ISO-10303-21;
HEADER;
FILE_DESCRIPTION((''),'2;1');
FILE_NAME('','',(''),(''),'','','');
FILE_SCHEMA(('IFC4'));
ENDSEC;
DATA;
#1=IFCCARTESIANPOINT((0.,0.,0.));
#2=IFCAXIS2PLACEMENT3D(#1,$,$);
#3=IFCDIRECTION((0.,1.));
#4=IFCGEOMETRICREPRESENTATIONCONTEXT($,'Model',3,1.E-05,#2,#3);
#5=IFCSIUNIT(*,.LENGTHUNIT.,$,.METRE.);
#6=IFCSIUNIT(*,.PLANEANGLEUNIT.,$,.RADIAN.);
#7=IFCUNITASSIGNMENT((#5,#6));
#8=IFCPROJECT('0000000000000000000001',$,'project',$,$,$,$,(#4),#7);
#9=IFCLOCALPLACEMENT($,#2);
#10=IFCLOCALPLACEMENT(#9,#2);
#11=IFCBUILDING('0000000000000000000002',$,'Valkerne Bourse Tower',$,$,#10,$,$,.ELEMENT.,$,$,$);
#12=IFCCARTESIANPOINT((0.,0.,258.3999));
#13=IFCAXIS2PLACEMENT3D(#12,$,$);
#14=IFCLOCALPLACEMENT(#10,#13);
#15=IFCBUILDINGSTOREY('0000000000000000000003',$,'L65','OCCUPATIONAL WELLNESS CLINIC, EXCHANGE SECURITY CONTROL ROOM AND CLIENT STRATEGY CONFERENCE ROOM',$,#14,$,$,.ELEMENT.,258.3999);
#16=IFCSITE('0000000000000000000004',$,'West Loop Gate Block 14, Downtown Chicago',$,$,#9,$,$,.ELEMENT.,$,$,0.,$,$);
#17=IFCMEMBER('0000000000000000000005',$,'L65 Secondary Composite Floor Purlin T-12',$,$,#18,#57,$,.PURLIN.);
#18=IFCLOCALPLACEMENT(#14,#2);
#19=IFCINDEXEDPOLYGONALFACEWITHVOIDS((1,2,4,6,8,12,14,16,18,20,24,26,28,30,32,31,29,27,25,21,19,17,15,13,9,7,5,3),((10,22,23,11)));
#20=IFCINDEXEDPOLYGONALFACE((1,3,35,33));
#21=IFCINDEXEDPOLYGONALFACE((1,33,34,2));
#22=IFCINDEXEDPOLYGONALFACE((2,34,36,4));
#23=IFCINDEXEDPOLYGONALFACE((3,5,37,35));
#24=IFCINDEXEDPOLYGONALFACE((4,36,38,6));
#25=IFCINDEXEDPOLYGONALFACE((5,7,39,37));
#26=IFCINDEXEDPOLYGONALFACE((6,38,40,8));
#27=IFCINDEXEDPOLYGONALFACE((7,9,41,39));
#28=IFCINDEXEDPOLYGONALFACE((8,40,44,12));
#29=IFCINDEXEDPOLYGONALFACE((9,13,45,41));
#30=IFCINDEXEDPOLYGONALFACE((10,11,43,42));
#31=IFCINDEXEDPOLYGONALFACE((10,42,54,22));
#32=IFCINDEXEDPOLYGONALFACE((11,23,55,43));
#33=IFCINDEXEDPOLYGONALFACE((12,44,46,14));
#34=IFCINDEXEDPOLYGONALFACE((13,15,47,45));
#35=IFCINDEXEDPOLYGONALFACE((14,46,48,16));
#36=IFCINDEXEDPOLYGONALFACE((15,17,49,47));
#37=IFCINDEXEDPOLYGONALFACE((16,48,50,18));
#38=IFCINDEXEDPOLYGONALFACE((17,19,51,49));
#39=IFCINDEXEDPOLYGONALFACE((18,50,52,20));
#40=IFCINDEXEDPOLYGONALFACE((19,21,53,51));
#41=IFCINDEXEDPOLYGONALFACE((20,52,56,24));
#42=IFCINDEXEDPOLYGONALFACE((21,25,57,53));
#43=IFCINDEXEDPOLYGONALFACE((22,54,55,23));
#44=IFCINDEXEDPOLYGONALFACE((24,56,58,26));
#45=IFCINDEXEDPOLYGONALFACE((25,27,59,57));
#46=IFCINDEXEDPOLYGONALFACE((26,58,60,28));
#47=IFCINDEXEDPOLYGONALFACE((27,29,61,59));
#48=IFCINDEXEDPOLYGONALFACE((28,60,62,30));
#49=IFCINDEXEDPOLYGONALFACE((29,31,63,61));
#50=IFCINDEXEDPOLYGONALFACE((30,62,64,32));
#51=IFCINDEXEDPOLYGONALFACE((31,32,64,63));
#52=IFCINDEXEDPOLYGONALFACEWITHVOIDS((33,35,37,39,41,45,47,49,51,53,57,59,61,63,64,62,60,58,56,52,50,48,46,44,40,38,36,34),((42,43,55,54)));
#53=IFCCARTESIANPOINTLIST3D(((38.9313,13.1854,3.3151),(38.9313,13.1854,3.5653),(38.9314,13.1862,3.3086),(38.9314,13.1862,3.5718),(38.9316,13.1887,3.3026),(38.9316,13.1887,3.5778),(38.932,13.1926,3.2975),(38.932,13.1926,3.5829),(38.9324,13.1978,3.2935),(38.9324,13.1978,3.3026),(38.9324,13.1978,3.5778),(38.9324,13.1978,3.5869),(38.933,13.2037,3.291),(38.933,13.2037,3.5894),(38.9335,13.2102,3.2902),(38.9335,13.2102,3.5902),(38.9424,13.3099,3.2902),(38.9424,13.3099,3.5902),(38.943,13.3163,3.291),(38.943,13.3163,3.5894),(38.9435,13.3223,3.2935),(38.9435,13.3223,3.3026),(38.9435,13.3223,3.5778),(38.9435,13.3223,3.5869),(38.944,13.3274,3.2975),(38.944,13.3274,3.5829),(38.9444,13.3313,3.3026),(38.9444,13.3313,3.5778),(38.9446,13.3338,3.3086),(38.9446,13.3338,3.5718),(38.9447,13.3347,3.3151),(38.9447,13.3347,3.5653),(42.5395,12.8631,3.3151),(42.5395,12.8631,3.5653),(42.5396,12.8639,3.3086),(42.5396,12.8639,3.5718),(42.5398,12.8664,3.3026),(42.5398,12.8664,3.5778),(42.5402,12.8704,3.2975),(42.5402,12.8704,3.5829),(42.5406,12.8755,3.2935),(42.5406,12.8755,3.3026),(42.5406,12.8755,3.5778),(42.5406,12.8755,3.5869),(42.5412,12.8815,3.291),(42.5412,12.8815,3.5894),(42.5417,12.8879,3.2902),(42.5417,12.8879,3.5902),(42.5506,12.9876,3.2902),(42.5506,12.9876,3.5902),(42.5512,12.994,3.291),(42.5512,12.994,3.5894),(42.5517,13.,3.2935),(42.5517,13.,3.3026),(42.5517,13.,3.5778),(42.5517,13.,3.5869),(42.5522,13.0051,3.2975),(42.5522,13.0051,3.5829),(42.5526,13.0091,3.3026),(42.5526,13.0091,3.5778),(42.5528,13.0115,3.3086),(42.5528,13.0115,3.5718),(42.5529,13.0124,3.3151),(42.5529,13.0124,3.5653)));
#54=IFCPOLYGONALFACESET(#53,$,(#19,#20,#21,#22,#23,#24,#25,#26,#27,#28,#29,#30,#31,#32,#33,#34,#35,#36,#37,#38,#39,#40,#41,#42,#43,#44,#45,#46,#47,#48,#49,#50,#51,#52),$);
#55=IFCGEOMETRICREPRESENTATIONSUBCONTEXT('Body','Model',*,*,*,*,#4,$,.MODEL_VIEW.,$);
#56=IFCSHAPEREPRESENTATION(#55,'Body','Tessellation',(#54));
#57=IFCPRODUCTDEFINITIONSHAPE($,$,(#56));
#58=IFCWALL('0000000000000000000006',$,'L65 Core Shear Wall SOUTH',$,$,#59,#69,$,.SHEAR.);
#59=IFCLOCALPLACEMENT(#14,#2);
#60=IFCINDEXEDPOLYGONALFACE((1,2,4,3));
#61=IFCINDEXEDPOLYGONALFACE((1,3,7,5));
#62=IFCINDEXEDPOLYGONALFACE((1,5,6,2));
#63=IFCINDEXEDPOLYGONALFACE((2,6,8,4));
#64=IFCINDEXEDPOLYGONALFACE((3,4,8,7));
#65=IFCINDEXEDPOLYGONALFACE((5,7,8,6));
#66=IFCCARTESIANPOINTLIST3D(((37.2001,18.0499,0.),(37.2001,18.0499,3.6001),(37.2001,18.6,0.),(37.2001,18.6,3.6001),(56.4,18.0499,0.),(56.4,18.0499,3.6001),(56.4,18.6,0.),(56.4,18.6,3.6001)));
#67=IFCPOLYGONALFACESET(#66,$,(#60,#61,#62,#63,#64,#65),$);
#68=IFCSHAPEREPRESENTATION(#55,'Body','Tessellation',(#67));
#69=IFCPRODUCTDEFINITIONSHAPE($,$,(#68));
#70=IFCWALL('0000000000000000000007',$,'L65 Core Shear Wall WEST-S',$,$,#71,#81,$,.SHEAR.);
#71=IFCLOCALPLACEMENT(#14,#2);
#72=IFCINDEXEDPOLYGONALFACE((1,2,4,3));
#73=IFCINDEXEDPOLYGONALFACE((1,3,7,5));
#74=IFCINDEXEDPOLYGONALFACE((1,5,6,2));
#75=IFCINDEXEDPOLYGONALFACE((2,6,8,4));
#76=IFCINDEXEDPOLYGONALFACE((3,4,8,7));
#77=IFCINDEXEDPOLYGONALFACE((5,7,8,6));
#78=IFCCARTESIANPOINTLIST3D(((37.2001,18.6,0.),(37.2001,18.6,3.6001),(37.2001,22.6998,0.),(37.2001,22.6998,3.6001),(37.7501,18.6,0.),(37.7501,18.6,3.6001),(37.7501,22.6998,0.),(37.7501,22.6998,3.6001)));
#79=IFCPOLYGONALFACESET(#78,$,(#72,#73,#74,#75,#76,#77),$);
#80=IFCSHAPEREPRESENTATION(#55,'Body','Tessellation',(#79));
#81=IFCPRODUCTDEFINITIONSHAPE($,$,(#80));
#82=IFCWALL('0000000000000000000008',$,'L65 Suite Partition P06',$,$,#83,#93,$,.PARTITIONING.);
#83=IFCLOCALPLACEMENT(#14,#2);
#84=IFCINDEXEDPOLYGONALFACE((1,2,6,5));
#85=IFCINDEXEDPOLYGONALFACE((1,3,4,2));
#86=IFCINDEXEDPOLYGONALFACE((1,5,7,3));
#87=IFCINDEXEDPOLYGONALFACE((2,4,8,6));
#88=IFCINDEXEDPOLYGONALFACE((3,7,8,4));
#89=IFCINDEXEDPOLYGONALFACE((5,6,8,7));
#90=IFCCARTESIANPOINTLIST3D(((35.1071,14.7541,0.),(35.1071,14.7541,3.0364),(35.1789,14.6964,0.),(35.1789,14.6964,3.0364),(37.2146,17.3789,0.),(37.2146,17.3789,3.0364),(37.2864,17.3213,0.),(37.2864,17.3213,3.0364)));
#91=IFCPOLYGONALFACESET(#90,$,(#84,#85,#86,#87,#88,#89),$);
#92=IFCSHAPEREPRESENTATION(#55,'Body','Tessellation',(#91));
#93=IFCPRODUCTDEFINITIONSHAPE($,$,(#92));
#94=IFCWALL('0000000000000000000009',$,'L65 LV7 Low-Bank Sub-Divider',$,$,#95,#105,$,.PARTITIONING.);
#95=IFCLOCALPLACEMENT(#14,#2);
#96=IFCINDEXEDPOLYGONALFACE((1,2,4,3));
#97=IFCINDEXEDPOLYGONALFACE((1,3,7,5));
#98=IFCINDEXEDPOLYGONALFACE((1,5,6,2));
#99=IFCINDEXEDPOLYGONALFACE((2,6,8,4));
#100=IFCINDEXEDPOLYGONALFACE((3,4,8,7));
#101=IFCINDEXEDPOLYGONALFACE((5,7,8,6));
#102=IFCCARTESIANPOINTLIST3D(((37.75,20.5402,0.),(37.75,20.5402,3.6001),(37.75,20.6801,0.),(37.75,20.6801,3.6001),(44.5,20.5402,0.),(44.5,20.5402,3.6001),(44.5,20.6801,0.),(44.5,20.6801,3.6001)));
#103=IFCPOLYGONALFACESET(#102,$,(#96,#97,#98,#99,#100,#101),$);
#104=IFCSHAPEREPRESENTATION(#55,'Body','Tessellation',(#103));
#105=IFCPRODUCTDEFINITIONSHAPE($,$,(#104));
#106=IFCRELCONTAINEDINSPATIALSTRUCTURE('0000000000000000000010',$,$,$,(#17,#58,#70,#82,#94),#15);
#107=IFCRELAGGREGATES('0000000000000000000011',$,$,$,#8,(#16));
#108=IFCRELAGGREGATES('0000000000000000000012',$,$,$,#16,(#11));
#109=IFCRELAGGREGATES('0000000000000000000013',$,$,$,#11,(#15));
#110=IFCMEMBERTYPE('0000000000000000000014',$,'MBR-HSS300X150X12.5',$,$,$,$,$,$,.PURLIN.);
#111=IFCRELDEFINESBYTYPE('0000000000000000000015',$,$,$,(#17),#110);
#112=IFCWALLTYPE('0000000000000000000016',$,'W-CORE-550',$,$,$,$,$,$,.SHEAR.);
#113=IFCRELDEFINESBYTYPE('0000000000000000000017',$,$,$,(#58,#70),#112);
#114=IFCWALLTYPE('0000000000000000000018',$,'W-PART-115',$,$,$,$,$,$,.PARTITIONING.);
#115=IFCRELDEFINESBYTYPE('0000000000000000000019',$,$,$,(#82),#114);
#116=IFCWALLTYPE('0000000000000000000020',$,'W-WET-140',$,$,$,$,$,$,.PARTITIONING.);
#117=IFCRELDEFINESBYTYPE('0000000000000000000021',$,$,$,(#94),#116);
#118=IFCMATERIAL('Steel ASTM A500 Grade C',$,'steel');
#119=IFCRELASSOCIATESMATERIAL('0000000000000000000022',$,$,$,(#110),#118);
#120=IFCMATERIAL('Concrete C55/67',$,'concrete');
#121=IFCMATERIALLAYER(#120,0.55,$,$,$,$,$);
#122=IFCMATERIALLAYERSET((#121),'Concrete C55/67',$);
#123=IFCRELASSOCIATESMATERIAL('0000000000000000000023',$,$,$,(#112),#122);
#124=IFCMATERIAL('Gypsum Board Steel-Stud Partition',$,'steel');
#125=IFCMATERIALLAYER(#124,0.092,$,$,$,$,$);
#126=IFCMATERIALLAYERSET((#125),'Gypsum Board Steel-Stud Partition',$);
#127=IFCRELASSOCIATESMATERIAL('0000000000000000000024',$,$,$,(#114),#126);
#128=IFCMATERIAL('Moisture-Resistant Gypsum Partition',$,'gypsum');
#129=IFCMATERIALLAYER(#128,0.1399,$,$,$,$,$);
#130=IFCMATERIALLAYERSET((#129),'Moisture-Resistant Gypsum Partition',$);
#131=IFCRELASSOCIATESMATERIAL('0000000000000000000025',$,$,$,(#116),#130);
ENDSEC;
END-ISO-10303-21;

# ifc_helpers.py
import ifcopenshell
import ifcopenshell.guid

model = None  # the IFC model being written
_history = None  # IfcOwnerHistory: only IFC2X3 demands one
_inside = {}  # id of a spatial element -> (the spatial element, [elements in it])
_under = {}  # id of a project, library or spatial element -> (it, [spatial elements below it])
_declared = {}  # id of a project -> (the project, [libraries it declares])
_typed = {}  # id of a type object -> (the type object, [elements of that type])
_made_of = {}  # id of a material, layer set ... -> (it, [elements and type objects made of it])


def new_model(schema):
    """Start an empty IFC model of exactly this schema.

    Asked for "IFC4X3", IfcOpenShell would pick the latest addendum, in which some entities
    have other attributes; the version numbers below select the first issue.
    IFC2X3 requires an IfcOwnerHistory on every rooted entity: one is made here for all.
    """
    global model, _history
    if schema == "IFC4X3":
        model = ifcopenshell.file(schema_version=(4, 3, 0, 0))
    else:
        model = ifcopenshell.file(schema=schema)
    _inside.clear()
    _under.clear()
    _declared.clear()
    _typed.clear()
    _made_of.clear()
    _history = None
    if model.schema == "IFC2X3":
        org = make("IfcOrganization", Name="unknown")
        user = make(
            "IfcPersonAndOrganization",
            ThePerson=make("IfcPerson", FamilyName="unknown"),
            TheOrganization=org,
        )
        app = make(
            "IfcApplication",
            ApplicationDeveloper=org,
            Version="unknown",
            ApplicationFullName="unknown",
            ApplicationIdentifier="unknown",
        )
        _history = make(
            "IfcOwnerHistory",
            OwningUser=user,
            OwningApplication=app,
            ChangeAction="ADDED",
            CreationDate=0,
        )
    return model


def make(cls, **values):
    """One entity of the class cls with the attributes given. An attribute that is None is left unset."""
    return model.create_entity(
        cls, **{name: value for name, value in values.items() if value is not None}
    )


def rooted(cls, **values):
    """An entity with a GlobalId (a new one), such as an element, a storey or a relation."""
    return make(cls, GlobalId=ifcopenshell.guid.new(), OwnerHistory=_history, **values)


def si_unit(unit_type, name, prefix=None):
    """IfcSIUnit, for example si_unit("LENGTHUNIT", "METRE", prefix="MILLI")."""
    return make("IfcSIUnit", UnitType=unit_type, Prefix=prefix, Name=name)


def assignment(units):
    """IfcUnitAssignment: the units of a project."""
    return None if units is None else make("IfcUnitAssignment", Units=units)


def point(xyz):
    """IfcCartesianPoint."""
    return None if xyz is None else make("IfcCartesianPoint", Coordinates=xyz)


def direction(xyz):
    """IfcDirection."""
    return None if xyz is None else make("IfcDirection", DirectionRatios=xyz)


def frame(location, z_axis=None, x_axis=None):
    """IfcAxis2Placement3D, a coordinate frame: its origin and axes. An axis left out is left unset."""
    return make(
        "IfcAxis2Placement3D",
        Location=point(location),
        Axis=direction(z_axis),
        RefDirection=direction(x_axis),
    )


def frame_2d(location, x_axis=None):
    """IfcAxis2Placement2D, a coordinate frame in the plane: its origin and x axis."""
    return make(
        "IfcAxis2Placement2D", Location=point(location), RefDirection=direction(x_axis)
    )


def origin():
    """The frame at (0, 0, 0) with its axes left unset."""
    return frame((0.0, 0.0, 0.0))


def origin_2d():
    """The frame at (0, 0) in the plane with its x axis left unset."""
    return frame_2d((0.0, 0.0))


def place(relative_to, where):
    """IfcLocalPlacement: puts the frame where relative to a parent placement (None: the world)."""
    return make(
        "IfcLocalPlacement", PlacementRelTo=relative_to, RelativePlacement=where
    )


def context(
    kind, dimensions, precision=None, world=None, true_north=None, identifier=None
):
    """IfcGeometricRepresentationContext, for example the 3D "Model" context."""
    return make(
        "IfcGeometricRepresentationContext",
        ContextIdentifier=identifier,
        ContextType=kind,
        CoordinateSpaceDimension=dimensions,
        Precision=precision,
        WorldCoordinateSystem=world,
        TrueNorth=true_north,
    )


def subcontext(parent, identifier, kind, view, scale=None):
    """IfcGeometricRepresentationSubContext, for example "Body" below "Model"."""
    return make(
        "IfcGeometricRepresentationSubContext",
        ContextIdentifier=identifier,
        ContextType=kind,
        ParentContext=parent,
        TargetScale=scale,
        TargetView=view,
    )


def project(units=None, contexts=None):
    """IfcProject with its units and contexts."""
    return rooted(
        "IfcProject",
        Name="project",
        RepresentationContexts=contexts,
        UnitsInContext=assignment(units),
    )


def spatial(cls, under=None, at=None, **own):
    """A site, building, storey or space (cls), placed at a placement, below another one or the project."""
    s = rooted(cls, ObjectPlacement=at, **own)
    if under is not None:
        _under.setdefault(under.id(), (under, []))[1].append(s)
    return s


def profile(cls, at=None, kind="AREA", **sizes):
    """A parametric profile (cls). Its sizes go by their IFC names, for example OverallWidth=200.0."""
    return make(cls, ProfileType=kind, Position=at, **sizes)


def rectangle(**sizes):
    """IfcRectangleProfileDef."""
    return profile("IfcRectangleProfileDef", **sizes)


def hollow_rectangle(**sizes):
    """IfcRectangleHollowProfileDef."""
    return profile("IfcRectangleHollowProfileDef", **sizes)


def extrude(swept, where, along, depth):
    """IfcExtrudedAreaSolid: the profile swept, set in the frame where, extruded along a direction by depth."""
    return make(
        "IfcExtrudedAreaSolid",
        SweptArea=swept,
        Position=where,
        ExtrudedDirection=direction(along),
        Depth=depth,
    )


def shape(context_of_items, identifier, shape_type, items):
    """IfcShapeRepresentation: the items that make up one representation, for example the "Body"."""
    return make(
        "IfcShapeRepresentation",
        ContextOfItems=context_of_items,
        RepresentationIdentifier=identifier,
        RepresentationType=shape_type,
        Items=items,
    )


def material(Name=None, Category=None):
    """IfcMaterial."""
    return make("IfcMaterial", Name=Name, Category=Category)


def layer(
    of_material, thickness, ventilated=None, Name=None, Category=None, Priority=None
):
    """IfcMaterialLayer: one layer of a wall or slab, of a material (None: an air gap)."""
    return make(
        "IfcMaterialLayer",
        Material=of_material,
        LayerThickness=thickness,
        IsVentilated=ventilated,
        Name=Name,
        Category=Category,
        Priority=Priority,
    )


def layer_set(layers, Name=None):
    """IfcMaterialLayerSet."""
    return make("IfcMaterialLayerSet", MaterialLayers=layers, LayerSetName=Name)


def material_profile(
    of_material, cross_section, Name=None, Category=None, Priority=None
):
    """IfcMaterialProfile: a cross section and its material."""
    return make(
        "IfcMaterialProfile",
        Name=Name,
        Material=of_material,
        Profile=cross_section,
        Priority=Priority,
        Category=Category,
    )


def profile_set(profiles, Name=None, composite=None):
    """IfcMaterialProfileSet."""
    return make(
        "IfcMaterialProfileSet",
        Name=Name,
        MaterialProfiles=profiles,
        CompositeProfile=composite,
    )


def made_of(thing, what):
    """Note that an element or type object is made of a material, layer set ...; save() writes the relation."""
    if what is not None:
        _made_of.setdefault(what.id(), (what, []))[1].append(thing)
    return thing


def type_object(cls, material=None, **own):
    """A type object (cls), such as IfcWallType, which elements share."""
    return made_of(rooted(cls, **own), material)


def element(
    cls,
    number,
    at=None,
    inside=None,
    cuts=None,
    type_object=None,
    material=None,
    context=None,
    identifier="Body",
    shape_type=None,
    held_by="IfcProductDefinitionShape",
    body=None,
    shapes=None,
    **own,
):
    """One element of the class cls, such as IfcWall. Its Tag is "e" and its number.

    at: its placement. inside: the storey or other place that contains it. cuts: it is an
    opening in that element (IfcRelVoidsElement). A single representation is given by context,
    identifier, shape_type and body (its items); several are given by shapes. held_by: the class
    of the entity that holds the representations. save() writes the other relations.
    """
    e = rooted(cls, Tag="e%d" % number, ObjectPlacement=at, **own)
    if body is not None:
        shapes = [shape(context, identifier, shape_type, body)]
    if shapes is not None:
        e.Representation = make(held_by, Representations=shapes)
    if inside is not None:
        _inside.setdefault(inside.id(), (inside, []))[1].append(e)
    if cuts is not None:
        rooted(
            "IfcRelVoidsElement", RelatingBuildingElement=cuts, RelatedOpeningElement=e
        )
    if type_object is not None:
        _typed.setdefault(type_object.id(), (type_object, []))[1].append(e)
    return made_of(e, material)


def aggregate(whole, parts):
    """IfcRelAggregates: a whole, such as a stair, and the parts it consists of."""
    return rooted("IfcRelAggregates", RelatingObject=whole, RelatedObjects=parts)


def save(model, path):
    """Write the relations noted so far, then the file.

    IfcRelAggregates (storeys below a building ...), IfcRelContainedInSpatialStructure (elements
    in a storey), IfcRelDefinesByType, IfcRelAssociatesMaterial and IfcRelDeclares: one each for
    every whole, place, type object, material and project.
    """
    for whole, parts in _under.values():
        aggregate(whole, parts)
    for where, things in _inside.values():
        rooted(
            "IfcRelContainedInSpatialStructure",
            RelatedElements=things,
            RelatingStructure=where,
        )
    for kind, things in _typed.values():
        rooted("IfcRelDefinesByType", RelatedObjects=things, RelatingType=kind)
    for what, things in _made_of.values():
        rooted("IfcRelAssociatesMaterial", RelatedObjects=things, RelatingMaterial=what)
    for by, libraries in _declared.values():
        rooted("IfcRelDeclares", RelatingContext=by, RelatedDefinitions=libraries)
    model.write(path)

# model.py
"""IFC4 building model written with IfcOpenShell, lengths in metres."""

from ifc_helpers import new_model, si_unit, direction, frame, frame_2d, origin, origin_2d, place, context, subcontext, project, spatial, rectangle, hollow_rectangle, extrude, material, layer, layer_set, material_profile, profile_set, type_object, element, save


model = new_model("IFC4")

# Units and contexts
model_context = context("Model", 3, precision=1e-05, world=origin(), true_north=direction((0.0, 1.0)))
body_context = subcontext(model_context, "Body", "Model", "MODEL_VIEW")
ifc_project = project(units=[si_unit("LENGTHUNIT", "METRE"), si_unit("PLANEANGLEUNIT", "RADIAN")], contexts=[model_context])

# Site, building, storey
site_placement = place(None, origin())
site = spatial("IfcSite", under=ifc_project, at=site_placement, Name="West Loop Gate Block 14, Downtown Chicago", CompositionType="ELEMENT", RefElevation=0.0)
building_placement = place(site_placement, origin())
building = spatial("IfcBuilding", under=site, at=building_placement, Name="Valkerne Bourse Tower", CompositionType="ELEMENT")
storey_placement = place(building_placement, frame((0.0, 0.0, 258.3999)))
storey = spatial("IfcBuildingStorey", under=building, at=storey_placement, Name="L65", Description="OCCUPATIONAL WELLNESS CLINIC, EXCHANGE SECURITY CONTROL ROOM AND CLIENT STRATEGY CONFERENCE ROOM", CompositionType="ELEMENT", Elevation=258.3999)

# Member
ifc_material_1 = material(Name="Steel ASTM A500 Grade C", Category="steel")
ifc_material_profile_1 = material_profile(ifc_material_1, hollow_rectangle(XDim=0.1499, YDim=0.3, WallThickness=0.0125, OuterFilletRadius=0.0249, at=origin_2d()), Name="HSS300X150X12.5")
ifc_profile_set_1 = profile_set([ifc_material_profile_1], Name="Steel ASTM A500 Grade C")
member_type_1 = type_object("IfcMemberType", Name="MBR-HSS300X150X12.5", PredefinedType="PURLIN", material=ifc_profile_set_1)
member_1_placement = place(storey_placement, frame((38.938, 13.26, 3.4402), z_axis=(0.996035, -0.088962, 0.0), x_axis=(0.088962, 0.996035, 0.0)))
element("IfcMember", 1, at=member_1_placement, inside=storey, type_object=member_type_1, Name="L65 Secondary Composite Floor Purlin T-12", PredefinedType="PURLIN", context=body_context, shape_type="SweptSolid", body=[
    extrude(hollow_rectangle(XDim=0.1499, YDim=0.3, WallThickness=0.0125, OuterFilletRadius=0.0249, at=origin_2d()), origin(), (0.0, 0.0, 1.0), 3.6226),
])

# Walls
ifc_material_2 = material(Name="Concrete C55/67", Category="concrete")
ifc_layer_1 = layer(ifc_material_2, 0.55)
ifc_layer_set_1 = layer_set([ifc_layer_1], Name="Concrete C55/67")
wall_type_1 = type_object("IfcWallType", Name="W-CORE-550", PredefinedType="SHEAR", material=ifc_layer_set_1)
wall_1_placement = place(storey_placement, frame((37.2, 18.325, 0.0), z_axis=(0.0, 0.0, 1.0), x_axis=(1.0, 0.0, 0.0)))
element("IfcWall", 2, at=wall_1_placement, inside=storey, type_object=wall_type_1, Name="L65 Core Shear Wall SOUTH", PredefinedType="SHEAR", context=body_context, shape_type="SweptSolid", body=[
    extrude(rectangle(XDim=19.2, YDim=0.55, at=frame_2d((9.6001, 0.0))), origin(), (0.0, 0.0, 1.0), 3.6001),
])
wall_2_placement = place(storey_placement, frame((37.4751, 18.6001, 0.0), z_axis=(0.0, 0.0, 1.0), x_axis=(0.0, 1.0, 0.0)))
element("IfcWall", 3, at=wall_2_placement, inside=storey, type_object=wall_type_1, Name="L65 Core Shear Wall WEST-S", PredefinedType="SHEAR", context=body_context, shape_type="SweptSolid", body=[
    extrude(rectangle(XDim=4.0999, YDim=0.55, at=frame_2d((2.0498, 0.0))), origin(), (0.0, 0.0, 1.0), 3.6001),
])
ifc_material_3 = material(Name="Gypsum Board Steel-Stud Partition", Category="steel")
ifc_layer_2 = layer(ifc_material_3, 0.092)
ifc_layer_set_2 = layer_set([ifc_layer_2], Name="Gypsum Board Steel-Stud Partition")
wall_type_2 = type_object("IfcWallType", Name="W-PART-115", PredefinedType="PARTITIONING", material=ifc_layer_set_2)
wall_3_placement = place(storey_placement, frame((37.2505, 17.3501, 0.0), z_axis=(0.0, 0.0, 1.0), x_axis=(-0.626074, -0.779764, 0.0)))
element("IfcWall", 4, at=wall_3_placement, inside=storey, type_object=wall_type_2, Name="L65 Suite Partition P06", PredefinedType="PARTITIONING", context=body_context, shape_type="SweptSolid", body=[
    extrude(rectangle(XDim=3.3662, YDim=0.092, at=frame_2d((1.6831, 0.0))), origin(), (0.0, 0.0, 1.0), 3.0364),
])
ifc_material_4 = material(Name="Moisture-Resistant Gypsum Partition", Category="gypsum")
ifc_layer_3 = layer(ifc_material_4, 0.1399)
ifc_layer_set_3 = layer_set([ifc_layer_3], Name="Moisture-Resistant Gypsum Partition")
wall_type_3 = type_object("IfcWallType", Name="W-WET-140", PredefinedType="PARTITIONING", material=ifc_layer_set_3)
wall_4_placement = place(storey_placement, frame((37.75, 20.6101, 0.0), z_axis=(0.0, 0.0, 1.0), x_axis=(1.0, 0.0, 0.0)))
element("IfcWall", 5, at=wall_4_placement, inside=storey, type_object=wall_type_3, Name="L65 LV7 Low-Bank Sub-Divider", PredefinedType="PARTITIONING", context=body_context, shape_type="SweptSolid", body=[
    extrude(rectangle(XDim=6.75, YDim=0.1399, at=frame_2d((3.375, 0.0))), origin(), (0.0, 0.0, 1.0), 3.6001),
])

save(model, "model.ifc")
